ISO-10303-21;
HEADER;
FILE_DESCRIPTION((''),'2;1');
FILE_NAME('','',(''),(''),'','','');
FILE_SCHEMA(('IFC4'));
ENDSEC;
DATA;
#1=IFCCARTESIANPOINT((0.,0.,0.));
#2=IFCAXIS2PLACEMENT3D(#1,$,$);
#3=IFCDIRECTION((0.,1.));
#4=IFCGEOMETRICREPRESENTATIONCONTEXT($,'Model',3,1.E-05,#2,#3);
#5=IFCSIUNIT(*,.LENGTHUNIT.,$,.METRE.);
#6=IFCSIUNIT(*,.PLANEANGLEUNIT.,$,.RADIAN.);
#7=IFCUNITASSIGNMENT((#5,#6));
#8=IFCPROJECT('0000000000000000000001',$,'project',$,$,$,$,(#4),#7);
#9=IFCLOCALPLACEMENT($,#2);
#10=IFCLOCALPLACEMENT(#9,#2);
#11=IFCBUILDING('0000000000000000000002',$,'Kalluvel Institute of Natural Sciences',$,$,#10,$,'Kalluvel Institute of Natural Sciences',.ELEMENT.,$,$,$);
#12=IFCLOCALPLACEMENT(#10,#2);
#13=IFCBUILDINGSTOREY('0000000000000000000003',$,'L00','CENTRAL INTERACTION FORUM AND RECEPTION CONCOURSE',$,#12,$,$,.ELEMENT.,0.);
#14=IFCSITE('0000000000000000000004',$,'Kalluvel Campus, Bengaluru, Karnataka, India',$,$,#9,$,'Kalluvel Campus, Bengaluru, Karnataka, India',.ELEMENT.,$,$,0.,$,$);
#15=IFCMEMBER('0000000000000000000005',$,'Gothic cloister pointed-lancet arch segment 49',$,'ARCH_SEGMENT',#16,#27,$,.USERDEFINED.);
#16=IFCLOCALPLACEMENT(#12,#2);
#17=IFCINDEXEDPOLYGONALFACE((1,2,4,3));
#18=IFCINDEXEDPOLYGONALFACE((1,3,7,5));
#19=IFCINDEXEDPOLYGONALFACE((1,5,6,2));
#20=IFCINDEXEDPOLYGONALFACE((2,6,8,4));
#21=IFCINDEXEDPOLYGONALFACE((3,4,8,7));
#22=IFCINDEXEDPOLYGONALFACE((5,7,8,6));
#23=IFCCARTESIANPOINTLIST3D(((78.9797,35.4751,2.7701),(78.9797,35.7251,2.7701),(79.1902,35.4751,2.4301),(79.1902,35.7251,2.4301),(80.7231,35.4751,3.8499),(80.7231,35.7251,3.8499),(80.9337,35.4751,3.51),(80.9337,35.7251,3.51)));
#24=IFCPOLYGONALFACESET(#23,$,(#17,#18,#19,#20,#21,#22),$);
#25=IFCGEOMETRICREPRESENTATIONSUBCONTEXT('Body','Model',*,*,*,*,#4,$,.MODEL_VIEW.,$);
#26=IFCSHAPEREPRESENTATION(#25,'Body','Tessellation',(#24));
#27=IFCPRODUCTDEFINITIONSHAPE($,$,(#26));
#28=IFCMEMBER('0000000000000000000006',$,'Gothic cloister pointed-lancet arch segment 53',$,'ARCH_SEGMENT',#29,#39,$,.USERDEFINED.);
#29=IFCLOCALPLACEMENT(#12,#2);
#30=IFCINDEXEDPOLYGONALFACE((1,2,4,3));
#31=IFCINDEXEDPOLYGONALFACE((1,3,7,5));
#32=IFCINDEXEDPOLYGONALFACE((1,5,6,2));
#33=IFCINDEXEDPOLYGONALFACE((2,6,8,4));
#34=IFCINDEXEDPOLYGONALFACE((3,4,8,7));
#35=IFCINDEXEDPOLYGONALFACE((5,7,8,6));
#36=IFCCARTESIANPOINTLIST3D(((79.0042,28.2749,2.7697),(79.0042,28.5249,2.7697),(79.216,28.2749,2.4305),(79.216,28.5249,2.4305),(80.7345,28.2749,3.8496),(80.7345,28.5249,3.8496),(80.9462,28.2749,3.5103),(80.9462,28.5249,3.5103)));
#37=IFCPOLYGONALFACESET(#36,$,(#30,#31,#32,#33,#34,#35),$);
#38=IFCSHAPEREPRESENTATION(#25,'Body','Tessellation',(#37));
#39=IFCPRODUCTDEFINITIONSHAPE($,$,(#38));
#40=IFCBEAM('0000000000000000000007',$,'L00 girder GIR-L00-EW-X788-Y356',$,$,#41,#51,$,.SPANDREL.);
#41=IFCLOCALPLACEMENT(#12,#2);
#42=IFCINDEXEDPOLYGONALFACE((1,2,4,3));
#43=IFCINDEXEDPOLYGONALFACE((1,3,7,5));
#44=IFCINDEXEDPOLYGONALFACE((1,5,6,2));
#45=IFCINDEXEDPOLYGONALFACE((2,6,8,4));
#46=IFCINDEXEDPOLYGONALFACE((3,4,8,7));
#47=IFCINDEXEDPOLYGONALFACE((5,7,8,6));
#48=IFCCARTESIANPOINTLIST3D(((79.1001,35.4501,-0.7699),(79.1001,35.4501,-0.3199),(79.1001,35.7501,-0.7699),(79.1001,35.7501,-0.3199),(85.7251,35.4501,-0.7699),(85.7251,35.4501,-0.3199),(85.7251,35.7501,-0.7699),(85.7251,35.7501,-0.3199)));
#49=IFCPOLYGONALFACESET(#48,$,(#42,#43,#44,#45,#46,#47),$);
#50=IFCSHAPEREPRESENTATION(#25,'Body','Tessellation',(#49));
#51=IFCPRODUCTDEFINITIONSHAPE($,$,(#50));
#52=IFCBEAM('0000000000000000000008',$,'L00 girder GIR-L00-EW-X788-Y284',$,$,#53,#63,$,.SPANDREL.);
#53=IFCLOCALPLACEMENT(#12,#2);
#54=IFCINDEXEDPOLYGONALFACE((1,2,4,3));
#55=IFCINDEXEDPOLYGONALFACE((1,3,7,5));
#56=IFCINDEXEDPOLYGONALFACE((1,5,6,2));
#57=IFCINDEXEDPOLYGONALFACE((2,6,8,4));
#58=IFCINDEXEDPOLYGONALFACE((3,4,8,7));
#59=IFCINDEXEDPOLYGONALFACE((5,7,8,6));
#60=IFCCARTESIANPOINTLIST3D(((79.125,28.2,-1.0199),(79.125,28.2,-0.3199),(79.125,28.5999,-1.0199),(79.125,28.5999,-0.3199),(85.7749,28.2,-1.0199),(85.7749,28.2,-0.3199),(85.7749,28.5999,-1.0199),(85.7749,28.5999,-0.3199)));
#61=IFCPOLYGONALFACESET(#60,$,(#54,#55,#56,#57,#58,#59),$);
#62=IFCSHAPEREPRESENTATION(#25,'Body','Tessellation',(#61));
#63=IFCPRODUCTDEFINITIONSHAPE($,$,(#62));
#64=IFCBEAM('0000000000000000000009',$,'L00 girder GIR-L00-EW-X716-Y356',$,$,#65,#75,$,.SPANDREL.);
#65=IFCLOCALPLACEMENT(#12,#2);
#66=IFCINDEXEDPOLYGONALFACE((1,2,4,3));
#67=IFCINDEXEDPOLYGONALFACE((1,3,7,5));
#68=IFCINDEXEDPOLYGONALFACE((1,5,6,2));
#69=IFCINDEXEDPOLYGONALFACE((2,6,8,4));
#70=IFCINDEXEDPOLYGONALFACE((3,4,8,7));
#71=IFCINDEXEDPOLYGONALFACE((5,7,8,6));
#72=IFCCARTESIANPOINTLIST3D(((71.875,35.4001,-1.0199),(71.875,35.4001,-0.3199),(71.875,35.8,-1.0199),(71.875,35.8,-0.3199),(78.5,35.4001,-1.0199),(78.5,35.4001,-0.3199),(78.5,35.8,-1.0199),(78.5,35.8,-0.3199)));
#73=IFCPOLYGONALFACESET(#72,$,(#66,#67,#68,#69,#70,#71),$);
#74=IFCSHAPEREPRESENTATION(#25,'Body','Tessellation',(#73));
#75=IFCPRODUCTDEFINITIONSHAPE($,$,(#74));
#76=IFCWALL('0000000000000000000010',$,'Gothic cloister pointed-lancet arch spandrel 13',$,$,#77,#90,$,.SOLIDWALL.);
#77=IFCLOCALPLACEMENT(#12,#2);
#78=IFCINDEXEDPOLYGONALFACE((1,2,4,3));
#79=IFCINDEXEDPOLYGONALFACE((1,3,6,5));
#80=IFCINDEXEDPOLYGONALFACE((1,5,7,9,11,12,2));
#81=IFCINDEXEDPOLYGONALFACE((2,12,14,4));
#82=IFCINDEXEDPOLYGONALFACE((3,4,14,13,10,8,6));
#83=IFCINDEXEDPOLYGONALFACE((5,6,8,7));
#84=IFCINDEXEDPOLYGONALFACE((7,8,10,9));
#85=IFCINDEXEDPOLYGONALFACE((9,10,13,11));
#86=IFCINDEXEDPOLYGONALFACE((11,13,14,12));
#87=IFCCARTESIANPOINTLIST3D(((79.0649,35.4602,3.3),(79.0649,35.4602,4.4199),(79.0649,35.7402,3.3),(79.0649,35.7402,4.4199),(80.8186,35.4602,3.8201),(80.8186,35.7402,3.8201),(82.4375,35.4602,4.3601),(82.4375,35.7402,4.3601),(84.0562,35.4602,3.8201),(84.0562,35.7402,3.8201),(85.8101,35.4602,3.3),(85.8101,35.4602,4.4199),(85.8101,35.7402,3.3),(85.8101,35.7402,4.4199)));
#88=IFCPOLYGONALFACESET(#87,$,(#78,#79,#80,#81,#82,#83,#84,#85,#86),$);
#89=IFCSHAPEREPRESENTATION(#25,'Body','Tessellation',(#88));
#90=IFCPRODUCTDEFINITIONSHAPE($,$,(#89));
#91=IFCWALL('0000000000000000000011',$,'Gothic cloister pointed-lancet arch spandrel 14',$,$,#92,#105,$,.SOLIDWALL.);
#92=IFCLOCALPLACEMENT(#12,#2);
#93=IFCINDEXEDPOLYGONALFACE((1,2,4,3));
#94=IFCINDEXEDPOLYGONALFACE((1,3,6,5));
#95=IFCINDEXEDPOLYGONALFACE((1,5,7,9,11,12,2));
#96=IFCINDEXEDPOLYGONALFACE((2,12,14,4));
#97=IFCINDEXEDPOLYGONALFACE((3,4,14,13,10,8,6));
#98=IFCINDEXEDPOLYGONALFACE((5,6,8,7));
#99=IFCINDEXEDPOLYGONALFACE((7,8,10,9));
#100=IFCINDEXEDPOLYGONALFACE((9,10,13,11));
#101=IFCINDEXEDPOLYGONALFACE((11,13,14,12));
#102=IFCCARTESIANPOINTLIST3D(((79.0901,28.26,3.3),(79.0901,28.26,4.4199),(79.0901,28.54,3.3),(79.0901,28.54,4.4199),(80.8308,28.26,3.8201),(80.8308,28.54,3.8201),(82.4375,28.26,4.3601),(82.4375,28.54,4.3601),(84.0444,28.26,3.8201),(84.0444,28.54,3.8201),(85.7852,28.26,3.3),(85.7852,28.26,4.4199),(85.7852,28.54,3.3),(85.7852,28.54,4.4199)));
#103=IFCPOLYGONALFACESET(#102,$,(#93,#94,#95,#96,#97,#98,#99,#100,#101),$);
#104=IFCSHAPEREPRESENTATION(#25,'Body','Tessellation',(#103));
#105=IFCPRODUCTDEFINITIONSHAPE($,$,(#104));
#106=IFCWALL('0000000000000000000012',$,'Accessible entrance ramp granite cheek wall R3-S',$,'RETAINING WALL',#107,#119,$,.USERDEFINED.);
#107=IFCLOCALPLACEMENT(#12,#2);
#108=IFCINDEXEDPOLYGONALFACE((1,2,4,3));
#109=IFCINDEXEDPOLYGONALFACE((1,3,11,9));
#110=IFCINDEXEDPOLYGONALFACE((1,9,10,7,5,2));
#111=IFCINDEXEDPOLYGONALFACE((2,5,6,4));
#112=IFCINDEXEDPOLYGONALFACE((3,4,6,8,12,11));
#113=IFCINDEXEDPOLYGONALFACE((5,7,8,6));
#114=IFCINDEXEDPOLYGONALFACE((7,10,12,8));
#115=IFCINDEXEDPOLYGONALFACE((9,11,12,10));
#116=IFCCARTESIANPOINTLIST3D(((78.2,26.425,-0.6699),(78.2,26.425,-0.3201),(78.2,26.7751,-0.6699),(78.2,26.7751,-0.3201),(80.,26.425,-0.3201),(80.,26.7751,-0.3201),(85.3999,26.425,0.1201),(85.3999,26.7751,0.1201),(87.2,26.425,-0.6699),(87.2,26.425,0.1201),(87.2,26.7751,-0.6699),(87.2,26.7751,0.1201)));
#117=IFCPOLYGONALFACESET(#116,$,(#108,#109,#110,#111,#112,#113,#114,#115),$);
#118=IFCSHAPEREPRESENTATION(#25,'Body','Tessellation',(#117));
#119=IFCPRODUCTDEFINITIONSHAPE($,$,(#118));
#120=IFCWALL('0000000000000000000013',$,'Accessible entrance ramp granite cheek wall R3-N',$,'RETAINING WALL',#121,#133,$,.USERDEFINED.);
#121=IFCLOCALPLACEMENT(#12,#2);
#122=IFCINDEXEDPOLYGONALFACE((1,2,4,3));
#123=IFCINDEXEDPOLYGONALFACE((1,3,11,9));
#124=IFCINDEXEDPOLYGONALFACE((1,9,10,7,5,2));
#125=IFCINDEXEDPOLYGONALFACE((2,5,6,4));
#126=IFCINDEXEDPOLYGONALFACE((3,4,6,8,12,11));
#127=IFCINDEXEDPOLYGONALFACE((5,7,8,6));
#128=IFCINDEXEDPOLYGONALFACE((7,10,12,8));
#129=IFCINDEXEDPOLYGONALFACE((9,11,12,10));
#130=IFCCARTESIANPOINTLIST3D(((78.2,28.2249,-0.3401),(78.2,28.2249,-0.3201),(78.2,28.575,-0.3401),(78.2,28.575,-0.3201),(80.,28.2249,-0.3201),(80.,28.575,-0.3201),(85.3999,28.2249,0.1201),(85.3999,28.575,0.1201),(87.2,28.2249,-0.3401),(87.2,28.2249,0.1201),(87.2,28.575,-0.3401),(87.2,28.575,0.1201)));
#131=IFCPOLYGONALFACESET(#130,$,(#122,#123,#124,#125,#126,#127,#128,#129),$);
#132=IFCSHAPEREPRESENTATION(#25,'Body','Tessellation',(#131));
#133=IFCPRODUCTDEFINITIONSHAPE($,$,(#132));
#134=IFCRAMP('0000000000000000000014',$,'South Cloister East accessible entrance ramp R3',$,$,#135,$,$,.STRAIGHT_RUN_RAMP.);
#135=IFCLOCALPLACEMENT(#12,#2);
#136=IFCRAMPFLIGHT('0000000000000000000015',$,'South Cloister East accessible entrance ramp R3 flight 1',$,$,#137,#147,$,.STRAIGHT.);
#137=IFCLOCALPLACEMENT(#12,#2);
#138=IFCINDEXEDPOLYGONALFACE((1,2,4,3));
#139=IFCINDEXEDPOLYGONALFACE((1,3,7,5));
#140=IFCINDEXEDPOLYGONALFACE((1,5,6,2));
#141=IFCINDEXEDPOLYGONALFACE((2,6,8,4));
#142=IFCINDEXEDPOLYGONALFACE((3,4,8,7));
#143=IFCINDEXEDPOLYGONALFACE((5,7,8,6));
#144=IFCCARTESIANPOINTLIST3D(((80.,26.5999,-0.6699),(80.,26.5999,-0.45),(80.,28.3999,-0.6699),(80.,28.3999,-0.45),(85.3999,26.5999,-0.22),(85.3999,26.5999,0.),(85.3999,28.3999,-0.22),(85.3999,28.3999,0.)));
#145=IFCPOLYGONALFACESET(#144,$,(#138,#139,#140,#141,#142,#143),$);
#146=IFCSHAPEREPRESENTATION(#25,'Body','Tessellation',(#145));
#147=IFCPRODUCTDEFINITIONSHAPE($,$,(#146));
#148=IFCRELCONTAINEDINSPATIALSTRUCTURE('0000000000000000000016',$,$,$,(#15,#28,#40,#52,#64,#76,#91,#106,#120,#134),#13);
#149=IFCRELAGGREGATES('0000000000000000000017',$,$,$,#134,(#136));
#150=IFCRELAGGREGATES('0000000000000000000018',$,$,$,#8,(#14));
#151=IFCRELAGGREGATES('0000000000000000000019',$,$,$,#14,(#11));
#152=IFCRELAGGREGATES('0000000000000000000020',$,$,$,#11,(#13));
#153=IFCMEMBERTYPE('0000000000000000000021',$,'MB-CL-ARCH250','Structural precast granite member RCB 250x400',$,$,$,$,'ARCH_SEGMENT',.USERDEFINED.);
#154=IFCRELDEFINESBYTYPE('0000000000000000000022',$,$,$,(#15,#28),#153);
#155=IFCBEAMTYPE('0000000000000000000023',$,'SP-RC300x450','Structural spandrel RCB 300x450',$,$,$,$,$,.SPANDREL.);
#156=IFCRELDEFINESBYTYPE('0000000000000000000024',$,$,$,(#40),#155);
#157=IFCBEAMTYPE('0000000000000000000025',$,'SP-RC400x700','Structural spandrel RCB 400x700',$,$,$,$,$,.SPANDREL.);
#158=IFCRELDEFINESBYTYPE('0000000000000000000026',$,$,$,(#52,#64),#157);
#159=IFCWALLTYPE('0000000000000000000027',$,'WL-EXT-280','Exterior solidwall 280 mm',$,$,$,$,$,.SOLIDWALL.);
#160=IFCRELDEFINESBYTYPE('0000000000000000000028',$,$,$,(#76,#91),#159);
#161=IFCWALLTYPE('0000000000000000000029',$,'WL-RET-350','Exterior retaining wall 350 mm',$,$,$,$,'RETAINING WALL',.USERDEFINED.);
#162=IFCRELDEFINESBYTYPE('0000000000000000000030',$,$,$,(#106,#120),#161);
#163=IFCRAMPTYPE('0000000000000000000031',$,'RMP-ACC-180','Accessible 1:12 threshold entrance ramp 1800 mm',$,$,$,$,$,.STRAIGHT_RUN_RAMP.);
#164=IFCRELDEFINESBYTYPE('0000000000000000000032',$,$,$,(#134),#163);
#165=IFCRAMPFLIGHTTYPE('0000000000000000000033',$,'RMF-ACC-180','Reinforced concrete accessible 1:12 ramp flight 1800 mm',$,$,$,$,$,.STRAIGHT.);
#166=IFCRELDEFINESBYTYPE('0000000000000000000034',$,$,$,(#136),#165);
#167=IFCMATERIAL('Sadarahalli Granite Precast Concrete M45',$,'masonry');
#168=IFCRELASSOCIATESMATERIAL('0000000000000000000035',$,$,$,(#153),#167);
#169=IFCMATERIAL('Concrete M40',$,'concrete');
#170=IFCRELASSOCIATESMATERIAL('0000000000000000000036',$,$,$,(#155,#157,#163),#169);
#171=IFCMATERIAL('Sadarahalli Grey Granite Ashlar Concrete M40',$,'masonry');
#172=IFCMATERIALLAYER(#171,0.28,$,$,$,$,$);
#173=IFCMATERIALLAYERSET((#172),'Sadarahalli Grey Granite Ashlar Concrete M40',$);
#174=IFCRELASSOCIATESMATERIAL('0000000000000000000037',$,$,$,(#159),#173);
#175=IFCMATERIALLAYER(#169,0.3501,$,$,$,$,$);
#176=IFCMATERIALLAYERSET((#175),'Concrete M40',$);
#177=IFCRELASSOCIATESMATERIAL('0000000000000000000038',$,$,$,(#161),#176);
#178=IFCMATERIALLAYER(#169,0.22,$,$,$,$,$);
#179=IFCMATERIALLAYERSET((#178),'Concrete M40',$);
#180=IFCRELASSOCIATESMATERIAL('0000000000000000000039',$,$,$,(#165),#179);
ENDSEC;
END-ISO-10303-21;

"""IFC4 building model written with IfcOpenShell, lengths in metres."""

from ifc_helpers import new_model, si_unit, direction, frame, origin, origin_2d, place, context, subcontext, project, spatial, polyline, rectangle, outline, extrude, material, layer, layer_set, material_profile, profile_set, type_object, element, aggregate, save


model = new_model("IFC4")

# Units and contexts
model_context = context("Model", 3, precision=1e-05, world=origin(), true_north=direction((0.0, 1.0)))
body_context = subcontext(model_context, "Body", "Model", "MODEL_VIEW")
ifc_project = project(units=[si_unit("LENGTHUNIT", "METRE"), si_unit("PLANEANGLEUNIT", "RADIAN")], contexts=[model_context])

# Site, building, storey
site_placement = place(None, origin())
site = spatial("IfcSite", under=ifc_project, at=site_placement, Name="Kalluvel Campus, Bengaluru, Karnataka, India", LongName="Kalluvel Campus, Bengaluru, Karnataka, India", CompositionType="ELEMENT", RefElevation=0.0)
building_placement = place(site_placement, origin())
building = spatial("IfcBuilding", under=site, at=building_placement, Name="Kalluvel Institute of Natural Sciences", LongName="Kalluvel Institute of Natural Sciences", CompositionType="ELEMENT")
storey_placement = place(building_placement, origin())
storey = spatial("IfcBuildingStorey", under=building, at=storey_placement, Name="L00", Description="CENTRAL INTERACTION FORUM AND RECEPTION CONCOURSE", CompositionType="ELEMENT", Elevation=0.0)

# Shared definitions
ifc_material_1 = material(Name="Concrete M40", Category="concrete")

# Members
ifc_material_2 = material(Name="Sadarahalli Granite Precast Concrete M45", Category="masonry")
ifc_material_profile_1 = material_profile(ifc_material_2, rectangle(XDim=0.25, YDim=0.3999, at=origin_2d()), Name="RCB 250x400")
ifc_profile_set_1 = profile_set([ifc_material_profile_1], Name="Sadarahalli Granite Precast Concrete M45")
member_type = type_object("IfcMemberType", Name="MB-CL-ARCH250", Description="Structural precast granite member RCB 250x400", ElementType="ARCH_SEGMENT", PredefinedType="USERDEFINED", material=ifc_profile_set_1)
member_1_placement = place(storey_placement, frame((79.085, 35.6001, 2.6001), z_axis=(0.850138, 0.0, 0.52656), x_axis=(0.0, 1.0, 0.0)))
element("IfcMember", 1, at=member_1_placement, inside=storey, type_object=member_type, Name="Gothic cloister pointed-lancet arch segment 49", ObjectType="ARCH_SEGMENT", PredefinedType="USERDEFINED", context=body_context, shape_type="SweptSolid", body=[
    extrude(rectangle(XDim=0.25, YDim=0.3999, at=origin_2d()), origin(), (0.0, 0.0, 1.0), 2.0508),
])
member_2_placement = place(storey_placement, frame((79.1101, 28.3999, 2.6001), z_axis=(0.848341, 0.0, 0.52945), x_axis=(0.0, 1.0, 0.0)))
element("IfcMember", 2, at=member_2_placement, inside=storey, type_object=member_type, Name="Gothic cloister pointed-lancet arch segment 53", ObjectType="ARCH_SEGMENT", PredefinedType="USERDEFINED", context=body_context, shape_type="SweptSolid", body=[
    extrude(rectangle(XDim=0.25, YDim=0.3999, at=origin_2d()), origin(), (0.0, 0.0, 1.0), 2.0396),
])

# Beams
ifc_material_profile_2 = material_profile(ifc_material_1, rectangle(XDim=0.3, YDim=0.45, at=origin_2d()), Name="RCB 300x450")
ifc_profile_set_2 = profile_set([ifc_material_profile_2], Name="Concrete M40")
beam_type_1 = type_object("IfcBeamType", Name="SP-RC300x450", Description="Structural spandrel RCB 300x450", PredefinedType="SPANDREL", material=ifc_profile_set_2)
beam_1_placement = place(storey_placement, frame((79.1001, 35.6001, -0.5449), z_axis=(1.0, 0.0, 0.0), x_axis=(0.0, 1.0, 0.0)))
element("IfcBeam", 3, at=beam_1_placement, inside=storey, type_object=beam_type_1, Name="L00 girder GIR-L00-EW-X788-Y356", PredefinedType="SPANDREL", context=body_context, shape_type="SweptSolid", body=[
    extrude(rectangle(XDim=0.3, YDim=0.45, at=origin_2d()), origin(), (0.0, 0.0, 1.0), 6.625),
])
ifc_material_profile_3 = material_profile(ifc_material_1, rectangle(XDim=0.3999, YDim=0.7, at=origin_2d()), Name="RCB 400x700")
ifc_profile_set_3 = profile_set([ifc_material_profile_3], Name="Concrete M40")
beam_type_2 = type_object("IfcBeamType", Name="SP-RC400x700", Description="Structural spandrel RCB 400x700", PredefinedType="SPANDREL", material=ifc_profile_set_3)
beam_2_placement = place(storey_placement, frame((79.125, 28.3999, -0.6699), z_axis=(1.0, 0.0, 0.0), x_axis=(0.0, 1.0, 0.0)))
element("IfcBeam", 4, at=beam_2_placement, inside=storey, type_object=beam_type_2, Name="L00 girder GIR-L00-EW-X788-Y284", PredefinedType="SPANDREL", context=body_context, shape_type="SweptSolid", body=[
    extrude(rectangle(XDim=0.3999, YDim=0.7, at=origin_2d()), origin(), (0.0, 0.0, 1.0), 6.6499),
])
beam_3_placement = place(storey_placement, frame((71.875, 35.6001, -0.6699), z_axis=(1.0, 0.0, 0.0), x_axis=(0.0, 1.0, 0.0)))
element("IfcBeam", 5, at=beam_3_placement, inside=storey, type_object=beam_type_2, Name="L00 girder GIR-L00-EW-X716-Y356", PredefinedType="SPANDREL", context=body_context, shape_type="SweptSolid", body=[
    extrude(rectangle(XDim=0.3999, YDim=0.7, at=origin_2d()), origin(), (0.0, 0.0, 1.0), 6.625),
])

# Walls
ifc_material_3 = material(Name="Sadarahalli Grey Granite Ashlar Concrete M40", Category="masonry")
ifc_layer_1 = layer(ifc_material_3, 0.28)
ifc_layer_set_1 = layer_set([ifc_layer_1], Name="Sadarahalli Grey Granite Ashlar Concrete M40")
wall_type_1 = type_object("IfcWallType", Name="WL-EXT-280", Description="Exterior solidwall 280 mm", PredefinedType="SOLIDWALL", material=ifc_layer_set_1)
wall_1_placement = place(storey_placement, frame((79.0649, 35.6001, 3.3), z_axis=(0.0, 0.0, 1.0), x_axis=(1.0, 0.0, 0.0)))
element("IfcWall", 6, at=wall_1_placement, inside=storey, type_object=wall_type_1, Name="Gothic cloister pointed-lancet arch spandrel 13", PredefinedType="SOLIDWALL", context=body_context, shape_type="SweptSolid", body=[
    extrude(outline(polyline([(0.0, 0.0), (1.7537, 0.52), (3.3726, 1.0601), (4.9912, 0.52), (6.7451, 0.0), (6.7451, 1.1199), (0.0, 1.1199), (0.0, 0.0)])), frame((0.0, 0.1401, 0.0), z_axis=(0.0, -1.0, 0.0), x_axis=(1.0, 0.0, 0.0)), (0.0, 0.0, 1.0), 0.28),
])
wall_2_placement = place(storey_placement, frame((79.0901, 28.3999, 3.3), z_axis=(0.0, 0.0, 1.0), x_axis=(1.0, 0.0, 0.0)))
element("IfcWall", 7, at=wall_2_placement, inside=storey, type_object=wall_type_1, Name="Gothic cloister pointed-lancet arch spandrel 14", PredefinedType="SOLIDWALL", context=body_context, shape_type="SweptSolid", body=[
    extrude(outline(polyline([(0.0, 0.0), (1.7407, 0.52), (3.3474, 1.0601), (4.9543, 0.52), (6.6951, 0.0), (6.6951, 1.1199), (0.0, 1.1199), (0.0, 0.0)])), frame((0.0, 0.1401, 0.0), z_axis=(0.0, -1.0, 0.0), x_axis=(1.0, 0.0, 0.0)), (0.0, 0.0, 1.0), 0.28),
])
ifc_layer_2 = layer(ifc_material_1, 0.3501)
ifc_layer_set_2 = layer_set([ifc_layer_2], Name="Concrete M40")
wall_type_2 = type_object("IfcWallType", Name="WL-RET-350", Description="Exterior retaining wall 350 mm", ElementType="RETAINING WALL", PredefinedType="USERDEFINED", material=ifc_layer_set_2)
wall_3_placement = place(storey_placement, frame((78.2, 26.6001, -0.6699), z_axis=(0.0, 0.0, 1.0), x_axis=(1.0, 0.0, 0.0)))
element("IfcWall", 8, at=wall_3_placement, inside=storey, type_object=wall_type_2, Name="Accessible entrance ramp granite cheek wall R3-S", ObjectType="RETAINING WALL", PredefinedType="USERDEFINED", context=body_context, shape_type="SweptSolid", body=[
    extrude(outline(polyline([(0.0, 0.0), (9.0, 0.0), (9.0, 0.79), (7.2, 0.79), (1.8, 0.3499), (0.0, 0.3499), (0.0, 0.0)])), frame((0.0, 0.175, 0.0), z_axis=(0.0, -1.0, 0.0), x_axis=(1.0, 0.0, 0.0)), (0.0, 0.0, 1.0), 0.3501),
])
wall_4_placement = place(storey_placement, frame((78.2, 28.3999, -0.3401), z_axis=(0.0, 0.0, 1.0), x_axis=(1.0, 0.0, 0.0)))
element("IfcWall", 9, at=wall_4_placement, inside=storey, type_object=wall_type_2, Name="Accessible entrance ramp granite cheek wall R3-N", ObjectType="RETAINING WALL", PredefinedType="USERDEFINED", context=body_context, shape_type="SweptSolid", body=[
    extrude(outline(polyline([(0.0, 0.0), (9.0, 0.0), (9.0, 0.4602), (7.2, 0.4602), (1.8, 0.02), (0.0, 0.02), (0.0, 0.0)])), frame((0.0, 0.175, 0.0), z_axis=(0.0, -1.0, 0.0), x_axis=(1.0, 0.0, 0.0)), (0.0, 0.0, 1.0), 0.3501),
])

# Ramp, ramp flight
ramp_type = type_object("IfcRampType", Name="RMP-ACC-180", Description="Accessible 1:12 threshold entrance ramp 1800 mm", PredefinedType="STRAIGHT_RUN_RAMP", material=ifc_material_1)
ramp_placement = place(storey_placement, origin())
ramp = element("IfcRamp", 10, at=ramp_placement, inside=storey, type_object=ramp_type, Name="South Cloister East accessible entrance ramp R3", PredefinedType="STRAIGHT_RUN_RAMP")
ifc_layer_3 = layer(ifc_material_1, 0.22)
ifc_layer_set_3 = layer_set([ifc_layer_3], Name="Concrete M40")
ramp_flight_type = type_object("IfcRampFlightType", Name="RMF-ACC-180", Description="Reinforced concrete accessible 1:12 ramp flight 1800 mm", PredefinedType="STRAIGHT", material=ifc_layer_set_3)
ramp_flight_placement = place(storey_placement, frame((80.0, 27.5, -0.45), z_axis=(0.0, 0.0, 1.0), x_axis=(1.0, 0.0, 0.0)))
ramp_flight = element("IfcRampFlight", 11, at=ramp_flight_placement, type_object=ramp_flight_type, Name="South Cloister East accessible entrance ramp R3 flight 1", PredefinedType="STRAIGHT", context=body_context, shape_type="SweptSolid", body=[
    extrude(outline(polyline([(0.0, -0.22), (0.0, 0.0), (5.3999, 0.45), (5.3999, 0.23), (0.0, -0.22)])), frame((0.0, 0.8999, 0.0), z_axis=(0.0, -1.0, 0.0), x_axis=(1.0, 0.0, 0.0)), (0.0, 0.0, 1.0), 1.8),
])
aggregate(ramp, [ramp_flight])

save(model, "model.ifc")
